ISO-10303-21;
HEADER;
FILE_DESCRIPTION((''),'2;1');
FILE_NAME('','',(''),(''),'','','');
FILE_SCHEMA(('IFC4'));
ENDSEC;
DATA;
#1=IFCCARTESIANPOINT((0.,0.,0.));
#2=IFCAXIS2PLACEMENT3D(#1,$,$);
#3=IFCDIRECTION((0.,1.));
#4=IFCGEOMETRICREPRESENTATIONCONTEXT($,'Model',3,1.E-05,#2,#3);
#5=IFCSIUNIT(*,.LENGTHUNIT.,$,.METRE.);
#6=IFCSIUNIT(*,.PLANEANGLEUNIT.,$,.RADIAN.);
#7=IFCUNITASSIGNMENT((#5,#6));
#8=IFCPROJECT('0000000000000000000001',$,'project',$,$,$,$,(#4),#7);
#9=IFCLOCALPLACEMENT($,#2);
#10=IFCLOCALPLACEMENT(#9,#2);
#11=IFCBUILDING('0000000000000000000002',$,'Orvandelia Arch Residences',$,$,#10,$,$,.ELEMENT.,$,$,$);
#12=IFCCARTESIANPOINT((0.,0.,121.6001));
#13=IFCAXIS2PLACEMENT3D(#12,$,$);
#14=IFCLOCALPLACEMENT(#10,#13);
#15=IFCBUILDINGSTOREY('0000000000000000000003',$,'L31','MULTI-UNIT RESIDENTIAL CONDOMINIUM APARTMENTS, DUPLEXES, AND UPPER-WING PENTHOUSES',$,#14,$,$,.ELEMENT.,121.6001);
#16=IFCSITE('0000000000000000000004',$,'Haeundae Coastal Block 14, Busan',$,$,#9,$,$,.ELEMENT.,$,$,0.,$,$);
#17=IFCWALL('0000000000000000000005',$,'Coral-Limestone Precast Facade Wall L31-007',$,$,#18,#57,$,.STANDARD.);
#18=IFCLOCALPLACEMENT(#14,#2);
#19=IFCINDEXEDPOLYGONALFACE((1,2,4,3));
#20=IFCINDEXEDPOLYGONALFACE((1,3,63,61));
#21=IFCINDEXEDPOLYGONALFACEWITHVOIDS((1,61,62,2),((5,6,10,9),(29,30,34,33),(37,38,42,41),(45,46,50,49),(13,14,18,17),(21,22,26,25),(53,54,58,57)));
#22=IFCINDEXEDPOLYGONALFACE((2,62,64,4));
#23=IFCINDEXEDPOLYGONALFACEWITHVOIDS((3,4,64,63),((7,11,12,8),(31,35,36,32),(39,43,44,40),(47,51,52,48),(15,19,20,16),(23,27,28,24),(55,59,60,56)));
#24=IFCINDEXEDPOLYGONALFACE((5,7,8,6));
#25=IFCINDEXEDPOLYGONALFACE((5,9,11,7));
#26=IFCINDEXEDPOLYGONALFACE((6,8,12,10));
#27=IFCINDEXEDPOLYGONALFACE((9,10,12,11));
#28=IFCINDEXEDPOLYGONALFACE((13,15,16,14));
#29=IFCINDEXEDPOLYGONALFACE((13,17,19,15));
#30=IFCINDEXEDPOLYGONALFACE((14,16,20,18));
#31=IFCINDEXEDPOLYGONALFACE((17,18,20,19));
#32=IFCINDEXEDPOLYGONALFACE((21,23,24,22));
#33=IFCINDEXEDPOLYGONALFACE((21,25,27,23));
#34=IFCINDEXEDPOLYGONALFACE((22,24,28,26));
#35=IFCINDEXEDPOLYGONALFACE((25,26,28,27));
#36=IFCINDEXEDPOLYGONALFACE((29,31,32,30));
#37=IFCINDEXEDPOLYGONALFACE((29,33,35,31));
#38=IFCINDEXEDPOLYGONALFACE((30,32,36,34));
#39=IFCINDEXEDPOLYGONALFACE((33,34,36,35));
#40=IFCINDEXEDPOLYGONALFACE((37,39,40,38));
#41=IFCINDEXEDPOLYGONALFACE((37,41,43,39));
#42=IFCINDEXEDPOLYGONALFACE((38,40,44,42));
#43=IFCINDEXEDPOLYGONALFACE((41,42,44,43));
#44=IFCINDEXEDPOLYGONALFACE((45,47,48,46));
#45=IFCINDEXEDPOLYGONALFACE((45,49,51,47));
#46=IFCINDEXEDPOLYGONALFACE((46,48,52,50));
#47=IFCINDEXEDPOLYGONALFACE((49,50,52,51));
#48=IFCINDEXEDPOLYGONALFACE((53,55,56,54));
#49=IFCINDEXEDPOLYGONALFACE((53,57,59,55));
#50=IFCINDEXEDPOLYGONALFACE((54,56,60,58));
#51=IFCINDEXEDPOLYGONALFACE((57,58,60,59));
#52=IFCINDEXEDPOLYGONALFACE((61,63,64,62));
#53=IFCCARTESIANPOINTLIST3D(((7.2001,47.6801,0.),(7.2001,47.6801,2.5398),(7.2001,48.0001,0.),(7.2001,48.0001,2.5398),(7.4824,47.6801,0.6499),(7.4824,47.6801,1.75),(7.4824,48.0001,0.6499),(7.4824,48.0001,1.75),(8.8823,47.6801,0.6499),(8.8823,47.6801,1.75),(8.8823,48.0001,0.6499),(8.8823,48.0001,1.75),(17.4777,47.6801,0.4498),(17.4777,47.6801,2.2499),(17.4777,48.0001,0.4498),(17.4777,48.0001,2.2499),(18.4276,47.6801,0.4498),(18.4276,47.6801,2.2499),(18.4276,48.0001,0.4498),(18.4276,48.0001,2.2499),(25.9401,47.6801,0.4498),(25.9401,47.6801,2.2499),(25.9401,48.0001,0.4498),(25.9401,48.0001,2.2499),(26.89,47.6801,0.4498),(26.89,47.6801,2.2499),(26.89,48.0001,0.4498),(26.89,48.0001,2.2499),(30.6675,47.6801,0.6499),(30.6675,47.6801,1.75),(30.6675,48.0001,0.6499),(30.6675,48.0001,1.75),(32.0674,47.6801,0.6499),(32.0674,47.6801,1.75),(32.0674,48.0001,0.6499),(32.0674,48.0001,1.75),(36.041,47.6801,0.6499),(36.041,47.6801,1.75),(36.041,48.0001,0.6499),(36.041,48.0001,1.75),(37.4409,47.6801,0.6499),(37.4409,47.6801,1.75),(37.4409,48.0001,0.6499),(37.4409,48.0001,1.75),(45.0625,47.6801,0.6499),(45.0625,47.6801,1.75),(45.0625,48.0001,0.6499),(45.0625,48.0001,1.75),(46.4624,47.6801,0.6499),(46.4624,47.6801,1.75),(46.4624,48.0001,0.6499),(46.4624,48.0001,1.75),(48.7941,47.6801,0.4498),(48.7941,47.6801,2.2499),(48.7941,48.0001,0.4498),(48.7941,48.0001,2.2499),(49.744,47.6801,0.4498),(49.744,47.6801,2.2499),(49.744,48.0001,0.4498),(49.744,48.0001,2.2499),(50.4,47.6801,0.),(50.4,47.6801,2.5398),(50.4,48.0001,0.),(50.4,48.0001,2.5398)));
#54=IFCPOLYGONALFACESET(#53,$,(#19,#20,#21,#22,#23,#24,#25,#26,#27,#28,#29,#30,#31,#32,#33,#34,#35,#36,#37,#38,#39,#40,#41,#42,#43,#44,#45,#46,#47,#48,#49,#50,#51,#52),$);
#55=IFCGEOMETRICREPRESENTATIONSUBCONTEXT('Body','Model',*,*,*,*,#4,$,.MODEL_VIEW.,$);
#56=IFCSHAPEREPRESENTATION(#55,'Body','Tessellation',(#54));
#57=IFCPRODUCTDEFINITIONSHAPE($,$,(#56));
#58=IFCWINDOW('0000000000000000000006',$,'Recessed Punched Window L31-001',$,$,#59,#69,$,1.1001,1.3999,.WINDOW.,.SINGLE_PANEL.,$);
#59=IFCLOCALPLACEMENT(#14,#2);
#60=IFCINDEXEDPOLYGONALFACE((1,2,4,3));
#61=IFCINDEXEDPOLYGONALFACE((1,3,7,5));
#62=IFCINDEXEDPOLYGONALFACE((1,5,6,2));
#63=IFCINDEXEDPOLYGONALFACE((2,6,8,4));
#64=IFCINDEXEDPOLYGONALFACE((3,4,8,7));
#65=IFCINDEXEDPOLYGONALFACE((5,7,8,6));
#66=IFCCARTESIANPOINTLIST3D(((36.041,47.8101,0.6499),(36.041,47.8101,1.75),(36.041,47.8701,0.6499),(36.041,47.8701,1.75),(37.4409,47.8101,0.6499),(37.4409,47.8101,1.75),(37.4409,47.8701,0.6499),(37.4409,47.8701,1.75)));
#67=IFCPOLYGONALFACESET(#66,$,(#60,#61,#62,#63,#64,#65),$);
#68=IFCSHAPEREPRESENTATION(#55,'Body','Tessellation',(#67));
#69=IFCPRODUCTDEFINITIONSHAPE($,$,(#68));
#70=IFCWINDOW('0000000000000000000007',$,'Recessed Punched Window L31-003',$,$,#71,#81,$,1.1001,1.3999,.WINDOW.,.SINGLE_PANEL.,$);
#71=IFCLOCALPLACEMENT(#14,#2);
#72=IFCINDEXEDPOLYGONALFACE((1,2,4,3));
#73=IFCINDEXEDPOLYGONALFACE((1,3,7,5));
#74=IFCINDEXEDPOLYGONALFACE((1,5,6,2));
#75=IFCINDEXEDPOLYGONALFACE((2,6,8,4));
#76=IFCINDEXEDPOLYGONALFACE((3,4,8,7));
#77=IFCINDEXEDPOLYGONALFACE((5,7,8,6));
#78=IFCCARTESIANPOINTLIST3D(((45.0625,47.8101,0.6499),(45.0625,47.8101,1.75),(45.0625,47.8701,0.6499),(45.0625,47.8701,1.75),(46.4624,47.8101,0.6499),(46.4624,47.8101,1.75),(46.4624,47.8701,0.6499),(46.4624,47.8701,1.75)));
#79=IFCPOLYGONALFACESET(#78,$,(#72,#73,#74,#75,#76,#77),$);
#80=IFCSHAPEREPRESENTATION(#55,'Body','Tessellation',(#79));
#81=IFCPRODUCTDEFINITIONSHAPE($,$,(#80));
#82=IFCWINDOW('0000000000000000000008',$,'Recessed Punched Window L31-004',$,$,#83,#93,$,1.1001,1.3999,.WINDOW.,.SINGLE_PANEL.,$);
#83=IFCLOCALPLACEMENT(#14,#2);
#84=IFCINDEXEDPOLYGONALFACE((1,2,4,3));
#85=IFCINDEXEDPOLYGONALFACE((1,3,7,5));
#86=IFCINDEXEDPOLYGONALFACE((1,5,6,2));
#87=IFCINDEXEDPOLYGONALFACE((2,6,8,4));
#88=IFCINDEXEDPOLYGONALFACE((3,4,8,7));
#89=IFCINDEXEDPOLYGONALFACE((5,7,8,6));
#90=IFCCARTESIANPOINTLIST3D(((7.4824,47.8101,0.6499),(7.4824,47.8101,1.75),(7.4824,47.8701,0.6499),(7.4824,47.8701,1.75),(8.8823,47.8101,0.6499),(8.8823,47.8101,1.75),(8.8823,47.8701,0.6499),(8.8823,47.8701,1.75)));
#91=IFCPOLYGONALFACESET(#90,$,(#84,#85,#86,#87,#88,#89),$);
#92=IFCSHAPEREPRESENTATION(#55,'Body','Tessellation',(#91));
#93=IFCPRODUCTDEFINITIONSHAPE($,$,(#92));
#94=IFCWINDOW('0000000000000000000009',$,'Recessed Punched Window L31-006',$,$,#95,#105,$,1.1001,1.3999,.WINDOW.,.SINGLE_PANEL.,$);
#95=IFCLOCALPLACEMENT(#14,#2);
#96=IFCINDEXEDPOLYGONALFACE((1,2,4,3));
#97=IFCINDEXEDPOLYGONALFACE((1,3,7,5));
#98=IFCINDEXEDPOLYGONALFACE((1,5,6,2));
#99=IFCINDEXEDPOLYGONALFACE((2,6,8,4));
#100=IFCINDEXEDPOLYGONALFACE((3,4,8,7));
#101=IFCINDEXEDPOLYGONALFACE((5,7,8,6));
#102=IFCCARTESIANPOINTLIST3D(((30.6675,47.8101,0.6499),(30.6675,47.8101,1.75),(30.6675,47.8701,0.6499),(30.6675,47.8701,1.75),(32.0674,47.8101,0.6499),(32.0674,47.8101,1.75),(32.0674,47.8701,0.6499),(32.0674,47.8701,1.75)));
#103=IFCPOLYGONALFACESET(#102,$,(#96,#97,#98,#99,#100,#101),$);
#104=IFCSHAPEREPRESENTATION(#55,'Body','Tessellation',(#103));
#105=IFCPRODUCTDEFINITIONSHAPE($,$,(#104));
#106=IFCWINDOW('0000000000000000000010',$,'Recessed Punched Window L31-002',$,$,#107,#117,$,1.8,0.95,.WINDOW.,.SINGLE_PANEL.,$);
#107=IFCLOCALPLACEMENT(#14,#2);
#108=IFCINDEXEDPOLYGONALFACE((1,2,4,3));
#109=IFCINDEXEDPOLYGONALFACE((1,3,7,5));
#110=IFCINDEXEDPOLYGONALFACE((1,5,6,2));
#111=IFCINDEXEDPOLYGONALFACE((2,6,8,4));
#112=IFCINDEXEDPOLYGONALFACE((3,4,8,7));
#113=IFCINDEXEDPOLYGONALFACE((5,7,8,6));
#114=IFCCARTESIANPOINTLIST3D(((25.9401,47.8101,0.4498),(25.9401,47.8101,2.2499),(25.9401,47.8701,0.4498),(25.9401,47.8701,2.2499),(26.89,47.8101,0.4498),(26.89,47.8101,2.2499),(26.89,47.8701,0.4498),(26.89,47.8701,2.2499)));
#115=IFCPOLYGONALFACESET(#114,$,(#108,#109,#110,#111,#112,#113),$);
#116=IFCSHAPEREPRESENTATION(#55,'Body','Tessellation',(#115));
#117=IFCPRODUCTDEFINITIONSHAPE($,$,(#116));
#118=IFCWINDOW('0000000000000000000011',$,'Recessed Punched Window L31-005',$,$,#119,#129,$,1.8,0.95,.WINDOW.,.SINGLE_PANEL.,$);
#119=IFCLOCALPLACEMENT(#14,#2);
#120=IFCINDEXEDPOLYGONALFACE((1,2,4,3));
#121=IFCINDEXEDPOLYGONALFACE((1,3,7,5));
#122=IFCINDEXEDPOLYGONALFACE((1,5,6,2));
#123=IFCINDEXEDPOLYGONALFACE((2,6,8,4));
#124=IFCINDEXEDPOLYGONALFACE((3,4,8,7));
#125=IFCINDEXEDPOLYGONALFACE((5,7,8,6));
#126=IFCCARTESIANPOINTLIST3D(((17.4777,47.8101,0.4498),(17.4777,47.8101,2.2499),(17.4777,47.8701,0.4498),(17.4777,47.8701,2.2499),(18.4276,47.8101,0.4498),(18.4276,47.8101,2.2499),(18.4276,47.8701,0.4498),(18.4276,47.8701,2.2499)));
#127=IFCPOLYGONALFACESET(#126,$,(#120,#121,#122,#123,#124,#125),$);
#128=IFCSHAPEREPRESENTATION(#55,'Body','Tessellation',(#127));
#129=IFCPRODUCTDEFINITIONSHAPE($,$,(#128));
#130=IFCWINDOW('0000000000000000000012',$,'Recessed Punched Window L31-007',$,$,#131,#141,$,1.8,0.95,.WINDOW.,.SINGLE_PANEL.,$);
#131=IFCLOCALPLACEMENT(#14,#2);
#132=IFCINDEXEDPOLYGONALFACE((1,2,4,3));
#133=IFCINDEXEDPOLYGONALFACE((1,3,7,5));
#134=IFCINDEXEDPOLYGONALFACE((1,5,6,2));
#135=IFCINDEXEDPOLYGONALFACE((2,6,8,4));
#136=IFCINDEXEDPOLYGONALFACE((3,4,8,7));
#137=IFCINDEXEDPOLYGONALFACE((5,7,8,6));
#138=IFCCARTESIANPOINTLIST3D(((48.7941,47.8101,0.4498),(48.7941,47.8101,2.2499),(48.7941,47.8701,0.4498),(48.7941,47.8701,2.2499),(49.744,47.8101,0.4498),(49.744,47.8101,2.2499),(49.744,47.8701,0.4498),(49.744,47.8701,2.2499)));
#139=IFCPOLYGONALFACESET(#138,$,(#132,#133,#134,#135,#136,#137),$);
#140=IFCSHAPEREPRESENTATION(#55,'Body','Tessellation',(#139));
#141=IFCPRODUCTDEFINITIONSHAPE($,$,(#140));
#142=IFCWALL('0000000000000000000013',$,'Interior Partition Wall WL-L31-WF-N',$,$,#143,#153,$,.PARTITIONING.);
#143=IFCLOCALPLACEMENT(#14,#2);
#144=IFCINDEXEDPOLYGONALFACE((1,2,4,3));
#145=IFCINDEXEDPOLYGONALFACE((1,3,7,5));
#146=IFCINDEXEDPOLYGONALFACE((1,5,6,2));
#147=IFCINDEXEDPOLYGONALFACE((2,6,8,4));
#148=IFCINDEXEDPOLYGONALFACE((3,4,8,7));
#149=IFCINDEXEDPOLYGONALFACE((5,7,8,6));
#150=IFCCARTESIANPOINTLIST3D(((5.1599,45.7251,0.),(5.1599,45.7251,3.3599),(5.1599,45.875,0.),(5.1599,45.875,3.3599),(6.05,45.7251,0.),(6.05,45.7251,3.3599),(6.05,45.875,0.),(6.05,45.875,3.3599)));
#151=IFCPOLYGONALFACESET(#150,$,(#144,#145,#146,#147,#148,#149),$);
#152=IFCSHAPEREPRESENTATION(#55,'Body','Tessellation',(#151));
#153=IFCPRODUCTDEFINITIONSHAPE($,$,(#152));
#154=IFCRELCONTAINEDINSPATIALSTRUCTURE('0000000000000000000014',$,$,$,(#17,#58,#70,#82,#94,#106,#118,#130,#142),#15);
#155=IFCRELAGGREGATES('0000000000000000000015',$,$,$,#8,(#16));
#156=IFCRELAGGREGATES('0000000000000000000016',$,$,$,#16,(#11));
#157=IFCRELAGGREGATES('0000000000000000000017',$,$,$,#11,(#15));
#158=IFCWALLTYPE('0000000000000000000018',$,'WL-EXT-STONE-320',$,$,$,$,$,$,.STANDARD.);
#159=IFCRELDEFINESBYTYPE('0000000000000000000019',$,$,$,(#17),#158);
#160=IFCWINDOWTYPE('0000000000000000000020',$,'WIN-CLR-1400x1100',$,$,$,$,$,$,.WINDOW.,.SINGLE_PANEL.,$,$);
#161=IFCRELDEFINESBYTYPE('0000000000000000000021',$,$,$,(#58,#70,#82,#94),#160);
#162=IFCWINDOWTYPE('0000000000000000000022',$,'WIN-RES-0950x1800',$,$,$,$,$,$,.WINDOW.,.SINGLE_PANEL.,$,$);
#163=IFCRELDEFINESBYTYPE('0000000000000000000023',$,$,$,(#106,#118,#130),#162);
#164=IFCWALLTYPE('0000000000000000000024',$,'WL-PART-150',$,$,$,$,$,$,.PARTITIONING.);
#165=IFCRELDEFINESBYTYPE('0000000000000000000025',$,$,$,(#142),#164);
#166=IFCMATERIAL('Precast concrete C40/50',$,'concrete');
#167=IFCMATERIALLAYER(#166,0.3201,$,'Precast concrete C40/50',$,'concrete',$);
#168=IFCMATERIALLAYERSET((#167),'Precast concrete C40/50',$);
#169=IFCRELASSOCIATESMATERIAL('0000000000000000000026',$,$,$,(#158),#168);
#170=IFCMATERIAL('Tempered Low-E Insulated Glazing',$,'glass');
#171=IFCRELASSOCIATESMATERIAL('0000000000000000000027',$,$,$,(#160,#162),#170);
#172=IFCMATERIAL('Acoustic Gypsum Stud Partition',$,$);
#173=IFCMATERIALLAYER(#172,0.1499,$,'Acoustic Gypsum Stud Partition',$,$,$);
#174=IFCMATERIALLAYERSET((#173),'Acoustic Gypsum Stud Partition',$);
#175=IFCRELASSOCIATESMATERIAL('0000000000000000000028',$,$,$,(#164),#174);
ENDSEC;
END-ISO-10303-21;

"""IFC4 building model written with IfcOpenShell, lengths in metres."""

from ifc_helpers import new_model, si_unit, direction, frame, frame_2d, origin, place, context, subcontext, project, spatial, rectangle, extrude, material, layer, layer_set, type_object, element, fill, save


model = new_model("IFC4")

# Units and contexts
model_context = context("Model", 3, precision=1e-05, world=origin(), true_north=direction((0.0, 1.0)))
body_context = subcontext(model_context, "Body", "Model", "MODEL_VIEW")
ifc_project = project(units=[si_unit("LENGTHUNIT", "METRE"), si_unit("PLANEANGLEUNIT", "RADIAN")], contexts=[model_context])

# Site, building, storey
site_placement = place(None, origin())
site = spatial("IfcSite", under=ifc_project, at=site_placement, Name="Haeundae Coastal Block 14, Busan", CompositionType="ELEMENT", RefElevation=0.0)
building_placement = place(site_placement, origin())
building = spatial("IfcBuilding", under=site, at=building_placement, Name="Orvandelia Arch Residences", CompositionType="ELEMENT")
storey_placement = place(building_placement, frame((0.0, 0.0, 121.6001)))
storey = spatial("IfcBuildingStorey", under=building, at=storey_placement, Name="L31", Description="MULTI-UNIT RESIDENTIAL CONDOMINIUM APARTMENTS, DUPLEXES, AND UPPER-WING PENTHOUSES", CompositionType="ELEMENT", Elevation=121.6001)

# Shared definitions
ifc_material_1 = material(Name="Precast concrete C40/50", Category="concrete")
ifc_layer_1 = layer(ifc_material_1, 0.3201, Name="Precast concrete C40/50", Category="concrete")
ifc_layer_set_1 = layer_set([ifc_layer_1], Name="Precast concrete C40/50")
wall_type_1 = type_object("IfcWallType", Name="WL-EXT-STONE-320", PredefinedType="STANDARD", material=ifc_layer_set_1)

# Wall, openings, windows
wall_1_placement = place(storey_placement, frame((7.2, 47.8401, 0.0), z_axis=(0.0, 0.0, 1.0), x_axis=(1.0, 0.0, 0.0)))
wall_1 = element("IfcWall", 1, at=wall_1_placement, inside=storey, type_object=wall_type_1, Name="Coral-Limestone Precast Facade Wall L31-007", PredefinedType="STANDARD", context=body_context, shape_type="SweptSolid", body=[
    extrude(rectangle(XDim=43.2, YDim=0.3201, at=frame_2d((21.6001, 0.0))), origin(), (0.0, 0.0, 1.0), 2.5398),
])
opening_1_placement = place(wall_1_placement, frame((28.8411, 0.0, 0.6499)))
opening_1 = element("IfcOpeningElement", 2, at=opening_1_placement, cuts=wall_1, PredefinedType="OPENING", context=body_context, shape_type="SweptSolid", body=[
    extrude(rectangle(XDim=1.3999, YDim=1.1001, at=frame_2d((0.7, 0.55))), frame((0.0, 0.1699, 0.0), z_axis=(0.0, -1.0, 0.0), x_axis=(1.0, 0.0, 0.0)), (0.0, 0.0, 1.0), 0.3401),
])
opening_2_placement = place(wall_1_placement, frame((18.74, 0.0, 0.45)))
opening_2 = element("IfcOpeningElement", 3, at=opening_2_placement, cuts=wall_1, PredefinedType="OPENING", context=body_context, shape_type="SweptSolid", body=[
    extrude(rectangle(XDim=0.95, YDim=1.8, at=frame_2d((0.4751, 0.8999))), frame((0.0, 0.1699, 0.0), z_axis=(0.0, -1.0, 0.0), x_axis=(1.0, 0.0, 0.0)), (0.0, 0.0, 1.0), 0.3401),
])
opening_3_placement = place(wall_1_placement, frame((37.8625, 0.0, 0.6499)))
opening_3 = element("IfcOpeningElement", 4, at=opening_3_placement, cuts=wall_1, PredefinedType="OPENING", context=body_context, shape_type="SweptSolid", body=[
    extrude(rectangle(XDim=1.3999, YDim=1.1001, at=frame_2d((0.7, 0.55))), frame((0.0, 0.1699, 0.0), z_axis=(0.0, -1.0, 0.0), x_axis=(1.0, 0.0, 0.0)), (0.0, 0.0, 1.0), 0.3401),
])
opening_4_placement = place(wall_1_placement, frame((0.2825, 0.0, 0.6499)))
opening_4 = element("IfcOpeningElement", 5, at=opening_4_placement, cuts=wall_1, PredefinedType="OPENING", context=body_context, shape_type="SweptSolid", body=[
    extrude(rectangle(XDim=1.3999, YDim=1.1001, at=frame_2d((0.7, 0.55))), frame((0.0, 0.1699, 0.0), z_axis=(0.0, -1.0, 0.0), x_axis=(1.0, 0.0, 0.0)), (0.0, 0.0, 1.0), 0.3401),
])
opening_5_placement = place(wall_1_placement, frame((10.2776, 0.0, 0.45)))
opening_5 = element("IfcOpeningElement", 6, at=opening_5_placement, cuts=wall_1, PredefinedType="OPENING", context=body_context, shape_type="SweptSolid", body=[
    extrude(rectangle(XDim=0.95, YDim=1.8, at=frame_2d((0.4751, 0.8999))), frame((0.0, 0.1699, 0.0), z_axis=(0.0, -1.0, 0.0), x_axis=(1.0, 0.0, 0.0)), (0.0, 0.0, 1.0), 0.3401),
])
opening_6_placement = place(wall_1_placement, frame((23.4675, 0.0, 0.6499)))
opening_6 = element("IfcOpeningElement", 7, at=opening_6_placement, cuts=wall_1, PredefinedType="OPENING", context=body_context, shape_type="SweptSolid", body=[
    extrude(rectangle(XDim=1.3999, YDim=1.1001, at=frame_2d((0.7, 0.55))), frame((0.0, 0.1699, 0.0), z_axis=(0.0, -1.0, 0.0), x_axis=(1.0, 0.0, 0.0)), (0.0, 0.0, 1.0), 0.3401),
])
opening_7_placement = place(wall_1_placement, frame((41.594, 0.0, 0.45)))
opening_7 = element("IfcOpeningElement", 8, at=opening_7_placement, cuts=wall_1, PredefinedType="OPENING", context=body_context, shape_type="SweptSolid", body=[
    extrude(rectangle(XDim=0.95, YDim=1.8, at=frame_2d((0.4751, 0.8999))), frame((0.0, 0.1699, 0.0), z_axis=(0.0, -1.0, 0.0), x_axis=(1.0, 0.0, 0.0)), (0.0, 0.0, 1.0), 0.3401),
])
ifc_material_2 = material(Name="Tempered Low-E Insulated Glazing", Category="glass")
window_type_1 = type_object("IfcWindowType", Name="WIN-CLR-1400x1100", PartitioningType="SINGLE_PANEL", PredefinedType="WINDOW", material=ifc_material_2)
window_1_placement = place(opening_1_placement, origin())
window_1 = element("IfcWindow", 9, at=window_1_placement, inside=storey, type_object=window_type_1, Name="Recessed Punched Window L31-001", OverallHeight=1.1001, OverallWidth=1.3999, PartitioningType="SINGLE_PANEL", PredefinedType="WINDOW", context=body_context, shape_type="SweptSolid", body=[
    extrude(rectangle(XDim=1.3999, YDim=1.1001, at=frame_2d((0.7, 0.55))), frame((0.0, 0.03, 0.0), z_axis=(0.0, -1.0, 0.0), x_axis=(1.0, 0.0, 0.0)), (0.0, 0.0, 1.0), 0.0601),
])
fill(opening_1, window_1)
window_2_placement = place(opening_3_placement, origin())
window_2 = element("IfcWindow", 10, at=window_2_placement, inside=storey, type_object=window_type_1, Name="Recessed Punched Window L31-003", OverallHeight=1.1001, OverallWidth=1.3999, PartitioningType="SINGLE_PANEL", PredefinedType="WINDOW", context=body_context, shape_type="SweptSolid", body=[
    extrude(rectangle(XDim=1.3999, YDim=1.1001, at=frame_2d((0.7, 0.55))), frame((0.0, 0.03, 0.0), z_axis=(0.0, -1.0, 0.0), x_axis=(1.0, 0.0, 0.0)), (0.0, 0.0, 1.0), 0.0601),
])
fill(opening_3, window_2)
window_3_placement = place(opening_4_placement, origin())
window_3 = element("IfcWindow", 11, at=window_3_placement, inside=storey, type_object=window_type_1, Name="Recessed Punched Window L31-004", OverallHeight=1.1001, OverallWidth=1.3999, PartitioningType="SINGLE_PANEL", PredefinedType="WINDOW", context=body_context, shape_type="SweptSolid", body=[
    extrude(rectangle(XDim=1.3999, YDim=1.1001, at=frame_2d((0.7, 0.55))), frame((0.0, 0.03, 0.0), z_axis=(0.0, -1.0, 0.0), x_axis=(1.0, 0.0, 0.0)), (0.0, 0.0, 1.0), 0.0601),
])
fill(opening_4, window_3)
window_4_placement = place(opening_6_placement, origin())
window_4 = element("IfcWindow", 12, at=window_4_placement, inside=storey, type_object=window_type_1, Name="Recessed Punched Window L31-006", OverallHeight=1.1001, OverallWidth=1.3999, PartitioningType="SINGLE_PANEL", PredefinedType="WINDOW", context=body_context, shape_type="SweptSolid", body=[
    extrude(rectangle(XDim=1.3999, YDim=1.1001, at=frame_2d((0.7, 0.55))), frame((0.0, 0.03, 0.0), z_axis=(0.0, -1.0, 0.0), x_axis=(1.0, 0.0, 0.0)), (0.0, 0.0, 1.0), 0.0601),
])
fill(opening_6, window_4)
window_type_2 = type_object("IfcWindowType", Name="WIN-RES-0950x1800", PartitioningType="SINGLE_PANEL", PredefinedType="WINDOW", material=ifc_material_2)
window_5_placement = place(opening_2_placement, origin())
window_5 = element("IfcWindow", 13, at=window_5_placement, inside=storey, type_object=window_type_2, Name="Recessed Punched Window L31-002", OverallHeight=1.8, OverallWidth=0.95, PartitioningType="SINGLE_PANEL", PredefinedType="WINDOW", context=body_context, shape_type="SweptSolid", body=[
    extrude(rectangle(XDim=0.95, YDim=1.8, at=frame_2d((0.4751, 0.8999))), frame((0.0, 0.03, 0.0), z_axis=(0.0, -1.0, 0.0), x_axis=(1.0, 0.0, 0.0)), (0.0, 0.0, 1.0), 0.0601),
])
fill(opening_2, window_5)
window_6_placement = place(opening_5_placement, origin())
window_6 = element("IfcWindow", 14, at=window_6_placement, inside=storey, type_object=window_type_2, Name="Recessed Punched Window L31-005", OverallHeight=1.8, OverallWidth=0.95, PartitioningType="SINGLE_PANEL", PredefinedType="WINDOW", context=body_context, shape_type="SweptSolid", body=[
    extrude(rectangle(XDim=0.95, YDim=1.8, at=frame_2d((0.4751, 0.8999))), frame((0.0, 0.03, 0.0), z_axis=(0.0, -1.0, 0.0), x_axis=(1.0, 0.0, 0.0)), (0.0, 0.0, 1.0), 0.0601),
])
fill(opening_5, window_6)
window_7_placement = place(opening_7_placement, origin())
window_7 = element("IfcWindow", 15, at=window_7_placement, inside=storey, type_object=window_type_2, Name="Recessed Punched Window L31-007", OverallHeight=1.8, OverallWidth=0.95, PartitioningType="SINGLE_PANEL", PredefinedType="WINDOW", context=body_context, shape_type="SweptSolid", body=[
    extrude(rectangle(XDim=0.95, YDim=1.8, at=frame_2d((0.4751, 0.8999))), frame((0.0, 0.03, 0.0), z_axis=(0.0, -1.0, 0.0), x_axis=(1.0, 0.0, 0.0)), (0.0, 0.0, 1.0), 0.0601),
])
fill(opening_7, window_7)

# Wall
ifc_material_3 = material(Name="Acoustic Gypsum Stud Partition")
ifc_layer_2 = layer(ifc_material_3, 0.1499, Name="Acoustic Gypsum Stud Partition")
ifc_layer_set_2 = layer_set([ifc_layer_2], Name="Acoustic Gypsum Stud Partition")
wall_type_2 = type_object("IfcWallType", Name="WL-PART-150", PredefinedType="PARTITIONING", material=ifc_layer_set_2)
wall_2_placement = place(storey_placement, frame((5.1599, 45.8, 0.0), z_axis=(0.0, 0.0, 1.0), x_axis=(1.0, 0.0, 0.0)))
element("IfcWall", 16, at=wall_2_placement, inside=storey, type_object=wall_type_2, Name="Interior Partition Wall WL-L31-WF-N", PredefinedType="PARTITIONING", context=body_context, shape_type="SweptSolid", body=[
    extrude(rectangle(XDim=0.8901, YDim=0.1499, at=frame_2d((0.4451, 0.0))), origin(), (0.0, 0.0, 1.0), 3.3599),
])

save(model, "model.ifc")
